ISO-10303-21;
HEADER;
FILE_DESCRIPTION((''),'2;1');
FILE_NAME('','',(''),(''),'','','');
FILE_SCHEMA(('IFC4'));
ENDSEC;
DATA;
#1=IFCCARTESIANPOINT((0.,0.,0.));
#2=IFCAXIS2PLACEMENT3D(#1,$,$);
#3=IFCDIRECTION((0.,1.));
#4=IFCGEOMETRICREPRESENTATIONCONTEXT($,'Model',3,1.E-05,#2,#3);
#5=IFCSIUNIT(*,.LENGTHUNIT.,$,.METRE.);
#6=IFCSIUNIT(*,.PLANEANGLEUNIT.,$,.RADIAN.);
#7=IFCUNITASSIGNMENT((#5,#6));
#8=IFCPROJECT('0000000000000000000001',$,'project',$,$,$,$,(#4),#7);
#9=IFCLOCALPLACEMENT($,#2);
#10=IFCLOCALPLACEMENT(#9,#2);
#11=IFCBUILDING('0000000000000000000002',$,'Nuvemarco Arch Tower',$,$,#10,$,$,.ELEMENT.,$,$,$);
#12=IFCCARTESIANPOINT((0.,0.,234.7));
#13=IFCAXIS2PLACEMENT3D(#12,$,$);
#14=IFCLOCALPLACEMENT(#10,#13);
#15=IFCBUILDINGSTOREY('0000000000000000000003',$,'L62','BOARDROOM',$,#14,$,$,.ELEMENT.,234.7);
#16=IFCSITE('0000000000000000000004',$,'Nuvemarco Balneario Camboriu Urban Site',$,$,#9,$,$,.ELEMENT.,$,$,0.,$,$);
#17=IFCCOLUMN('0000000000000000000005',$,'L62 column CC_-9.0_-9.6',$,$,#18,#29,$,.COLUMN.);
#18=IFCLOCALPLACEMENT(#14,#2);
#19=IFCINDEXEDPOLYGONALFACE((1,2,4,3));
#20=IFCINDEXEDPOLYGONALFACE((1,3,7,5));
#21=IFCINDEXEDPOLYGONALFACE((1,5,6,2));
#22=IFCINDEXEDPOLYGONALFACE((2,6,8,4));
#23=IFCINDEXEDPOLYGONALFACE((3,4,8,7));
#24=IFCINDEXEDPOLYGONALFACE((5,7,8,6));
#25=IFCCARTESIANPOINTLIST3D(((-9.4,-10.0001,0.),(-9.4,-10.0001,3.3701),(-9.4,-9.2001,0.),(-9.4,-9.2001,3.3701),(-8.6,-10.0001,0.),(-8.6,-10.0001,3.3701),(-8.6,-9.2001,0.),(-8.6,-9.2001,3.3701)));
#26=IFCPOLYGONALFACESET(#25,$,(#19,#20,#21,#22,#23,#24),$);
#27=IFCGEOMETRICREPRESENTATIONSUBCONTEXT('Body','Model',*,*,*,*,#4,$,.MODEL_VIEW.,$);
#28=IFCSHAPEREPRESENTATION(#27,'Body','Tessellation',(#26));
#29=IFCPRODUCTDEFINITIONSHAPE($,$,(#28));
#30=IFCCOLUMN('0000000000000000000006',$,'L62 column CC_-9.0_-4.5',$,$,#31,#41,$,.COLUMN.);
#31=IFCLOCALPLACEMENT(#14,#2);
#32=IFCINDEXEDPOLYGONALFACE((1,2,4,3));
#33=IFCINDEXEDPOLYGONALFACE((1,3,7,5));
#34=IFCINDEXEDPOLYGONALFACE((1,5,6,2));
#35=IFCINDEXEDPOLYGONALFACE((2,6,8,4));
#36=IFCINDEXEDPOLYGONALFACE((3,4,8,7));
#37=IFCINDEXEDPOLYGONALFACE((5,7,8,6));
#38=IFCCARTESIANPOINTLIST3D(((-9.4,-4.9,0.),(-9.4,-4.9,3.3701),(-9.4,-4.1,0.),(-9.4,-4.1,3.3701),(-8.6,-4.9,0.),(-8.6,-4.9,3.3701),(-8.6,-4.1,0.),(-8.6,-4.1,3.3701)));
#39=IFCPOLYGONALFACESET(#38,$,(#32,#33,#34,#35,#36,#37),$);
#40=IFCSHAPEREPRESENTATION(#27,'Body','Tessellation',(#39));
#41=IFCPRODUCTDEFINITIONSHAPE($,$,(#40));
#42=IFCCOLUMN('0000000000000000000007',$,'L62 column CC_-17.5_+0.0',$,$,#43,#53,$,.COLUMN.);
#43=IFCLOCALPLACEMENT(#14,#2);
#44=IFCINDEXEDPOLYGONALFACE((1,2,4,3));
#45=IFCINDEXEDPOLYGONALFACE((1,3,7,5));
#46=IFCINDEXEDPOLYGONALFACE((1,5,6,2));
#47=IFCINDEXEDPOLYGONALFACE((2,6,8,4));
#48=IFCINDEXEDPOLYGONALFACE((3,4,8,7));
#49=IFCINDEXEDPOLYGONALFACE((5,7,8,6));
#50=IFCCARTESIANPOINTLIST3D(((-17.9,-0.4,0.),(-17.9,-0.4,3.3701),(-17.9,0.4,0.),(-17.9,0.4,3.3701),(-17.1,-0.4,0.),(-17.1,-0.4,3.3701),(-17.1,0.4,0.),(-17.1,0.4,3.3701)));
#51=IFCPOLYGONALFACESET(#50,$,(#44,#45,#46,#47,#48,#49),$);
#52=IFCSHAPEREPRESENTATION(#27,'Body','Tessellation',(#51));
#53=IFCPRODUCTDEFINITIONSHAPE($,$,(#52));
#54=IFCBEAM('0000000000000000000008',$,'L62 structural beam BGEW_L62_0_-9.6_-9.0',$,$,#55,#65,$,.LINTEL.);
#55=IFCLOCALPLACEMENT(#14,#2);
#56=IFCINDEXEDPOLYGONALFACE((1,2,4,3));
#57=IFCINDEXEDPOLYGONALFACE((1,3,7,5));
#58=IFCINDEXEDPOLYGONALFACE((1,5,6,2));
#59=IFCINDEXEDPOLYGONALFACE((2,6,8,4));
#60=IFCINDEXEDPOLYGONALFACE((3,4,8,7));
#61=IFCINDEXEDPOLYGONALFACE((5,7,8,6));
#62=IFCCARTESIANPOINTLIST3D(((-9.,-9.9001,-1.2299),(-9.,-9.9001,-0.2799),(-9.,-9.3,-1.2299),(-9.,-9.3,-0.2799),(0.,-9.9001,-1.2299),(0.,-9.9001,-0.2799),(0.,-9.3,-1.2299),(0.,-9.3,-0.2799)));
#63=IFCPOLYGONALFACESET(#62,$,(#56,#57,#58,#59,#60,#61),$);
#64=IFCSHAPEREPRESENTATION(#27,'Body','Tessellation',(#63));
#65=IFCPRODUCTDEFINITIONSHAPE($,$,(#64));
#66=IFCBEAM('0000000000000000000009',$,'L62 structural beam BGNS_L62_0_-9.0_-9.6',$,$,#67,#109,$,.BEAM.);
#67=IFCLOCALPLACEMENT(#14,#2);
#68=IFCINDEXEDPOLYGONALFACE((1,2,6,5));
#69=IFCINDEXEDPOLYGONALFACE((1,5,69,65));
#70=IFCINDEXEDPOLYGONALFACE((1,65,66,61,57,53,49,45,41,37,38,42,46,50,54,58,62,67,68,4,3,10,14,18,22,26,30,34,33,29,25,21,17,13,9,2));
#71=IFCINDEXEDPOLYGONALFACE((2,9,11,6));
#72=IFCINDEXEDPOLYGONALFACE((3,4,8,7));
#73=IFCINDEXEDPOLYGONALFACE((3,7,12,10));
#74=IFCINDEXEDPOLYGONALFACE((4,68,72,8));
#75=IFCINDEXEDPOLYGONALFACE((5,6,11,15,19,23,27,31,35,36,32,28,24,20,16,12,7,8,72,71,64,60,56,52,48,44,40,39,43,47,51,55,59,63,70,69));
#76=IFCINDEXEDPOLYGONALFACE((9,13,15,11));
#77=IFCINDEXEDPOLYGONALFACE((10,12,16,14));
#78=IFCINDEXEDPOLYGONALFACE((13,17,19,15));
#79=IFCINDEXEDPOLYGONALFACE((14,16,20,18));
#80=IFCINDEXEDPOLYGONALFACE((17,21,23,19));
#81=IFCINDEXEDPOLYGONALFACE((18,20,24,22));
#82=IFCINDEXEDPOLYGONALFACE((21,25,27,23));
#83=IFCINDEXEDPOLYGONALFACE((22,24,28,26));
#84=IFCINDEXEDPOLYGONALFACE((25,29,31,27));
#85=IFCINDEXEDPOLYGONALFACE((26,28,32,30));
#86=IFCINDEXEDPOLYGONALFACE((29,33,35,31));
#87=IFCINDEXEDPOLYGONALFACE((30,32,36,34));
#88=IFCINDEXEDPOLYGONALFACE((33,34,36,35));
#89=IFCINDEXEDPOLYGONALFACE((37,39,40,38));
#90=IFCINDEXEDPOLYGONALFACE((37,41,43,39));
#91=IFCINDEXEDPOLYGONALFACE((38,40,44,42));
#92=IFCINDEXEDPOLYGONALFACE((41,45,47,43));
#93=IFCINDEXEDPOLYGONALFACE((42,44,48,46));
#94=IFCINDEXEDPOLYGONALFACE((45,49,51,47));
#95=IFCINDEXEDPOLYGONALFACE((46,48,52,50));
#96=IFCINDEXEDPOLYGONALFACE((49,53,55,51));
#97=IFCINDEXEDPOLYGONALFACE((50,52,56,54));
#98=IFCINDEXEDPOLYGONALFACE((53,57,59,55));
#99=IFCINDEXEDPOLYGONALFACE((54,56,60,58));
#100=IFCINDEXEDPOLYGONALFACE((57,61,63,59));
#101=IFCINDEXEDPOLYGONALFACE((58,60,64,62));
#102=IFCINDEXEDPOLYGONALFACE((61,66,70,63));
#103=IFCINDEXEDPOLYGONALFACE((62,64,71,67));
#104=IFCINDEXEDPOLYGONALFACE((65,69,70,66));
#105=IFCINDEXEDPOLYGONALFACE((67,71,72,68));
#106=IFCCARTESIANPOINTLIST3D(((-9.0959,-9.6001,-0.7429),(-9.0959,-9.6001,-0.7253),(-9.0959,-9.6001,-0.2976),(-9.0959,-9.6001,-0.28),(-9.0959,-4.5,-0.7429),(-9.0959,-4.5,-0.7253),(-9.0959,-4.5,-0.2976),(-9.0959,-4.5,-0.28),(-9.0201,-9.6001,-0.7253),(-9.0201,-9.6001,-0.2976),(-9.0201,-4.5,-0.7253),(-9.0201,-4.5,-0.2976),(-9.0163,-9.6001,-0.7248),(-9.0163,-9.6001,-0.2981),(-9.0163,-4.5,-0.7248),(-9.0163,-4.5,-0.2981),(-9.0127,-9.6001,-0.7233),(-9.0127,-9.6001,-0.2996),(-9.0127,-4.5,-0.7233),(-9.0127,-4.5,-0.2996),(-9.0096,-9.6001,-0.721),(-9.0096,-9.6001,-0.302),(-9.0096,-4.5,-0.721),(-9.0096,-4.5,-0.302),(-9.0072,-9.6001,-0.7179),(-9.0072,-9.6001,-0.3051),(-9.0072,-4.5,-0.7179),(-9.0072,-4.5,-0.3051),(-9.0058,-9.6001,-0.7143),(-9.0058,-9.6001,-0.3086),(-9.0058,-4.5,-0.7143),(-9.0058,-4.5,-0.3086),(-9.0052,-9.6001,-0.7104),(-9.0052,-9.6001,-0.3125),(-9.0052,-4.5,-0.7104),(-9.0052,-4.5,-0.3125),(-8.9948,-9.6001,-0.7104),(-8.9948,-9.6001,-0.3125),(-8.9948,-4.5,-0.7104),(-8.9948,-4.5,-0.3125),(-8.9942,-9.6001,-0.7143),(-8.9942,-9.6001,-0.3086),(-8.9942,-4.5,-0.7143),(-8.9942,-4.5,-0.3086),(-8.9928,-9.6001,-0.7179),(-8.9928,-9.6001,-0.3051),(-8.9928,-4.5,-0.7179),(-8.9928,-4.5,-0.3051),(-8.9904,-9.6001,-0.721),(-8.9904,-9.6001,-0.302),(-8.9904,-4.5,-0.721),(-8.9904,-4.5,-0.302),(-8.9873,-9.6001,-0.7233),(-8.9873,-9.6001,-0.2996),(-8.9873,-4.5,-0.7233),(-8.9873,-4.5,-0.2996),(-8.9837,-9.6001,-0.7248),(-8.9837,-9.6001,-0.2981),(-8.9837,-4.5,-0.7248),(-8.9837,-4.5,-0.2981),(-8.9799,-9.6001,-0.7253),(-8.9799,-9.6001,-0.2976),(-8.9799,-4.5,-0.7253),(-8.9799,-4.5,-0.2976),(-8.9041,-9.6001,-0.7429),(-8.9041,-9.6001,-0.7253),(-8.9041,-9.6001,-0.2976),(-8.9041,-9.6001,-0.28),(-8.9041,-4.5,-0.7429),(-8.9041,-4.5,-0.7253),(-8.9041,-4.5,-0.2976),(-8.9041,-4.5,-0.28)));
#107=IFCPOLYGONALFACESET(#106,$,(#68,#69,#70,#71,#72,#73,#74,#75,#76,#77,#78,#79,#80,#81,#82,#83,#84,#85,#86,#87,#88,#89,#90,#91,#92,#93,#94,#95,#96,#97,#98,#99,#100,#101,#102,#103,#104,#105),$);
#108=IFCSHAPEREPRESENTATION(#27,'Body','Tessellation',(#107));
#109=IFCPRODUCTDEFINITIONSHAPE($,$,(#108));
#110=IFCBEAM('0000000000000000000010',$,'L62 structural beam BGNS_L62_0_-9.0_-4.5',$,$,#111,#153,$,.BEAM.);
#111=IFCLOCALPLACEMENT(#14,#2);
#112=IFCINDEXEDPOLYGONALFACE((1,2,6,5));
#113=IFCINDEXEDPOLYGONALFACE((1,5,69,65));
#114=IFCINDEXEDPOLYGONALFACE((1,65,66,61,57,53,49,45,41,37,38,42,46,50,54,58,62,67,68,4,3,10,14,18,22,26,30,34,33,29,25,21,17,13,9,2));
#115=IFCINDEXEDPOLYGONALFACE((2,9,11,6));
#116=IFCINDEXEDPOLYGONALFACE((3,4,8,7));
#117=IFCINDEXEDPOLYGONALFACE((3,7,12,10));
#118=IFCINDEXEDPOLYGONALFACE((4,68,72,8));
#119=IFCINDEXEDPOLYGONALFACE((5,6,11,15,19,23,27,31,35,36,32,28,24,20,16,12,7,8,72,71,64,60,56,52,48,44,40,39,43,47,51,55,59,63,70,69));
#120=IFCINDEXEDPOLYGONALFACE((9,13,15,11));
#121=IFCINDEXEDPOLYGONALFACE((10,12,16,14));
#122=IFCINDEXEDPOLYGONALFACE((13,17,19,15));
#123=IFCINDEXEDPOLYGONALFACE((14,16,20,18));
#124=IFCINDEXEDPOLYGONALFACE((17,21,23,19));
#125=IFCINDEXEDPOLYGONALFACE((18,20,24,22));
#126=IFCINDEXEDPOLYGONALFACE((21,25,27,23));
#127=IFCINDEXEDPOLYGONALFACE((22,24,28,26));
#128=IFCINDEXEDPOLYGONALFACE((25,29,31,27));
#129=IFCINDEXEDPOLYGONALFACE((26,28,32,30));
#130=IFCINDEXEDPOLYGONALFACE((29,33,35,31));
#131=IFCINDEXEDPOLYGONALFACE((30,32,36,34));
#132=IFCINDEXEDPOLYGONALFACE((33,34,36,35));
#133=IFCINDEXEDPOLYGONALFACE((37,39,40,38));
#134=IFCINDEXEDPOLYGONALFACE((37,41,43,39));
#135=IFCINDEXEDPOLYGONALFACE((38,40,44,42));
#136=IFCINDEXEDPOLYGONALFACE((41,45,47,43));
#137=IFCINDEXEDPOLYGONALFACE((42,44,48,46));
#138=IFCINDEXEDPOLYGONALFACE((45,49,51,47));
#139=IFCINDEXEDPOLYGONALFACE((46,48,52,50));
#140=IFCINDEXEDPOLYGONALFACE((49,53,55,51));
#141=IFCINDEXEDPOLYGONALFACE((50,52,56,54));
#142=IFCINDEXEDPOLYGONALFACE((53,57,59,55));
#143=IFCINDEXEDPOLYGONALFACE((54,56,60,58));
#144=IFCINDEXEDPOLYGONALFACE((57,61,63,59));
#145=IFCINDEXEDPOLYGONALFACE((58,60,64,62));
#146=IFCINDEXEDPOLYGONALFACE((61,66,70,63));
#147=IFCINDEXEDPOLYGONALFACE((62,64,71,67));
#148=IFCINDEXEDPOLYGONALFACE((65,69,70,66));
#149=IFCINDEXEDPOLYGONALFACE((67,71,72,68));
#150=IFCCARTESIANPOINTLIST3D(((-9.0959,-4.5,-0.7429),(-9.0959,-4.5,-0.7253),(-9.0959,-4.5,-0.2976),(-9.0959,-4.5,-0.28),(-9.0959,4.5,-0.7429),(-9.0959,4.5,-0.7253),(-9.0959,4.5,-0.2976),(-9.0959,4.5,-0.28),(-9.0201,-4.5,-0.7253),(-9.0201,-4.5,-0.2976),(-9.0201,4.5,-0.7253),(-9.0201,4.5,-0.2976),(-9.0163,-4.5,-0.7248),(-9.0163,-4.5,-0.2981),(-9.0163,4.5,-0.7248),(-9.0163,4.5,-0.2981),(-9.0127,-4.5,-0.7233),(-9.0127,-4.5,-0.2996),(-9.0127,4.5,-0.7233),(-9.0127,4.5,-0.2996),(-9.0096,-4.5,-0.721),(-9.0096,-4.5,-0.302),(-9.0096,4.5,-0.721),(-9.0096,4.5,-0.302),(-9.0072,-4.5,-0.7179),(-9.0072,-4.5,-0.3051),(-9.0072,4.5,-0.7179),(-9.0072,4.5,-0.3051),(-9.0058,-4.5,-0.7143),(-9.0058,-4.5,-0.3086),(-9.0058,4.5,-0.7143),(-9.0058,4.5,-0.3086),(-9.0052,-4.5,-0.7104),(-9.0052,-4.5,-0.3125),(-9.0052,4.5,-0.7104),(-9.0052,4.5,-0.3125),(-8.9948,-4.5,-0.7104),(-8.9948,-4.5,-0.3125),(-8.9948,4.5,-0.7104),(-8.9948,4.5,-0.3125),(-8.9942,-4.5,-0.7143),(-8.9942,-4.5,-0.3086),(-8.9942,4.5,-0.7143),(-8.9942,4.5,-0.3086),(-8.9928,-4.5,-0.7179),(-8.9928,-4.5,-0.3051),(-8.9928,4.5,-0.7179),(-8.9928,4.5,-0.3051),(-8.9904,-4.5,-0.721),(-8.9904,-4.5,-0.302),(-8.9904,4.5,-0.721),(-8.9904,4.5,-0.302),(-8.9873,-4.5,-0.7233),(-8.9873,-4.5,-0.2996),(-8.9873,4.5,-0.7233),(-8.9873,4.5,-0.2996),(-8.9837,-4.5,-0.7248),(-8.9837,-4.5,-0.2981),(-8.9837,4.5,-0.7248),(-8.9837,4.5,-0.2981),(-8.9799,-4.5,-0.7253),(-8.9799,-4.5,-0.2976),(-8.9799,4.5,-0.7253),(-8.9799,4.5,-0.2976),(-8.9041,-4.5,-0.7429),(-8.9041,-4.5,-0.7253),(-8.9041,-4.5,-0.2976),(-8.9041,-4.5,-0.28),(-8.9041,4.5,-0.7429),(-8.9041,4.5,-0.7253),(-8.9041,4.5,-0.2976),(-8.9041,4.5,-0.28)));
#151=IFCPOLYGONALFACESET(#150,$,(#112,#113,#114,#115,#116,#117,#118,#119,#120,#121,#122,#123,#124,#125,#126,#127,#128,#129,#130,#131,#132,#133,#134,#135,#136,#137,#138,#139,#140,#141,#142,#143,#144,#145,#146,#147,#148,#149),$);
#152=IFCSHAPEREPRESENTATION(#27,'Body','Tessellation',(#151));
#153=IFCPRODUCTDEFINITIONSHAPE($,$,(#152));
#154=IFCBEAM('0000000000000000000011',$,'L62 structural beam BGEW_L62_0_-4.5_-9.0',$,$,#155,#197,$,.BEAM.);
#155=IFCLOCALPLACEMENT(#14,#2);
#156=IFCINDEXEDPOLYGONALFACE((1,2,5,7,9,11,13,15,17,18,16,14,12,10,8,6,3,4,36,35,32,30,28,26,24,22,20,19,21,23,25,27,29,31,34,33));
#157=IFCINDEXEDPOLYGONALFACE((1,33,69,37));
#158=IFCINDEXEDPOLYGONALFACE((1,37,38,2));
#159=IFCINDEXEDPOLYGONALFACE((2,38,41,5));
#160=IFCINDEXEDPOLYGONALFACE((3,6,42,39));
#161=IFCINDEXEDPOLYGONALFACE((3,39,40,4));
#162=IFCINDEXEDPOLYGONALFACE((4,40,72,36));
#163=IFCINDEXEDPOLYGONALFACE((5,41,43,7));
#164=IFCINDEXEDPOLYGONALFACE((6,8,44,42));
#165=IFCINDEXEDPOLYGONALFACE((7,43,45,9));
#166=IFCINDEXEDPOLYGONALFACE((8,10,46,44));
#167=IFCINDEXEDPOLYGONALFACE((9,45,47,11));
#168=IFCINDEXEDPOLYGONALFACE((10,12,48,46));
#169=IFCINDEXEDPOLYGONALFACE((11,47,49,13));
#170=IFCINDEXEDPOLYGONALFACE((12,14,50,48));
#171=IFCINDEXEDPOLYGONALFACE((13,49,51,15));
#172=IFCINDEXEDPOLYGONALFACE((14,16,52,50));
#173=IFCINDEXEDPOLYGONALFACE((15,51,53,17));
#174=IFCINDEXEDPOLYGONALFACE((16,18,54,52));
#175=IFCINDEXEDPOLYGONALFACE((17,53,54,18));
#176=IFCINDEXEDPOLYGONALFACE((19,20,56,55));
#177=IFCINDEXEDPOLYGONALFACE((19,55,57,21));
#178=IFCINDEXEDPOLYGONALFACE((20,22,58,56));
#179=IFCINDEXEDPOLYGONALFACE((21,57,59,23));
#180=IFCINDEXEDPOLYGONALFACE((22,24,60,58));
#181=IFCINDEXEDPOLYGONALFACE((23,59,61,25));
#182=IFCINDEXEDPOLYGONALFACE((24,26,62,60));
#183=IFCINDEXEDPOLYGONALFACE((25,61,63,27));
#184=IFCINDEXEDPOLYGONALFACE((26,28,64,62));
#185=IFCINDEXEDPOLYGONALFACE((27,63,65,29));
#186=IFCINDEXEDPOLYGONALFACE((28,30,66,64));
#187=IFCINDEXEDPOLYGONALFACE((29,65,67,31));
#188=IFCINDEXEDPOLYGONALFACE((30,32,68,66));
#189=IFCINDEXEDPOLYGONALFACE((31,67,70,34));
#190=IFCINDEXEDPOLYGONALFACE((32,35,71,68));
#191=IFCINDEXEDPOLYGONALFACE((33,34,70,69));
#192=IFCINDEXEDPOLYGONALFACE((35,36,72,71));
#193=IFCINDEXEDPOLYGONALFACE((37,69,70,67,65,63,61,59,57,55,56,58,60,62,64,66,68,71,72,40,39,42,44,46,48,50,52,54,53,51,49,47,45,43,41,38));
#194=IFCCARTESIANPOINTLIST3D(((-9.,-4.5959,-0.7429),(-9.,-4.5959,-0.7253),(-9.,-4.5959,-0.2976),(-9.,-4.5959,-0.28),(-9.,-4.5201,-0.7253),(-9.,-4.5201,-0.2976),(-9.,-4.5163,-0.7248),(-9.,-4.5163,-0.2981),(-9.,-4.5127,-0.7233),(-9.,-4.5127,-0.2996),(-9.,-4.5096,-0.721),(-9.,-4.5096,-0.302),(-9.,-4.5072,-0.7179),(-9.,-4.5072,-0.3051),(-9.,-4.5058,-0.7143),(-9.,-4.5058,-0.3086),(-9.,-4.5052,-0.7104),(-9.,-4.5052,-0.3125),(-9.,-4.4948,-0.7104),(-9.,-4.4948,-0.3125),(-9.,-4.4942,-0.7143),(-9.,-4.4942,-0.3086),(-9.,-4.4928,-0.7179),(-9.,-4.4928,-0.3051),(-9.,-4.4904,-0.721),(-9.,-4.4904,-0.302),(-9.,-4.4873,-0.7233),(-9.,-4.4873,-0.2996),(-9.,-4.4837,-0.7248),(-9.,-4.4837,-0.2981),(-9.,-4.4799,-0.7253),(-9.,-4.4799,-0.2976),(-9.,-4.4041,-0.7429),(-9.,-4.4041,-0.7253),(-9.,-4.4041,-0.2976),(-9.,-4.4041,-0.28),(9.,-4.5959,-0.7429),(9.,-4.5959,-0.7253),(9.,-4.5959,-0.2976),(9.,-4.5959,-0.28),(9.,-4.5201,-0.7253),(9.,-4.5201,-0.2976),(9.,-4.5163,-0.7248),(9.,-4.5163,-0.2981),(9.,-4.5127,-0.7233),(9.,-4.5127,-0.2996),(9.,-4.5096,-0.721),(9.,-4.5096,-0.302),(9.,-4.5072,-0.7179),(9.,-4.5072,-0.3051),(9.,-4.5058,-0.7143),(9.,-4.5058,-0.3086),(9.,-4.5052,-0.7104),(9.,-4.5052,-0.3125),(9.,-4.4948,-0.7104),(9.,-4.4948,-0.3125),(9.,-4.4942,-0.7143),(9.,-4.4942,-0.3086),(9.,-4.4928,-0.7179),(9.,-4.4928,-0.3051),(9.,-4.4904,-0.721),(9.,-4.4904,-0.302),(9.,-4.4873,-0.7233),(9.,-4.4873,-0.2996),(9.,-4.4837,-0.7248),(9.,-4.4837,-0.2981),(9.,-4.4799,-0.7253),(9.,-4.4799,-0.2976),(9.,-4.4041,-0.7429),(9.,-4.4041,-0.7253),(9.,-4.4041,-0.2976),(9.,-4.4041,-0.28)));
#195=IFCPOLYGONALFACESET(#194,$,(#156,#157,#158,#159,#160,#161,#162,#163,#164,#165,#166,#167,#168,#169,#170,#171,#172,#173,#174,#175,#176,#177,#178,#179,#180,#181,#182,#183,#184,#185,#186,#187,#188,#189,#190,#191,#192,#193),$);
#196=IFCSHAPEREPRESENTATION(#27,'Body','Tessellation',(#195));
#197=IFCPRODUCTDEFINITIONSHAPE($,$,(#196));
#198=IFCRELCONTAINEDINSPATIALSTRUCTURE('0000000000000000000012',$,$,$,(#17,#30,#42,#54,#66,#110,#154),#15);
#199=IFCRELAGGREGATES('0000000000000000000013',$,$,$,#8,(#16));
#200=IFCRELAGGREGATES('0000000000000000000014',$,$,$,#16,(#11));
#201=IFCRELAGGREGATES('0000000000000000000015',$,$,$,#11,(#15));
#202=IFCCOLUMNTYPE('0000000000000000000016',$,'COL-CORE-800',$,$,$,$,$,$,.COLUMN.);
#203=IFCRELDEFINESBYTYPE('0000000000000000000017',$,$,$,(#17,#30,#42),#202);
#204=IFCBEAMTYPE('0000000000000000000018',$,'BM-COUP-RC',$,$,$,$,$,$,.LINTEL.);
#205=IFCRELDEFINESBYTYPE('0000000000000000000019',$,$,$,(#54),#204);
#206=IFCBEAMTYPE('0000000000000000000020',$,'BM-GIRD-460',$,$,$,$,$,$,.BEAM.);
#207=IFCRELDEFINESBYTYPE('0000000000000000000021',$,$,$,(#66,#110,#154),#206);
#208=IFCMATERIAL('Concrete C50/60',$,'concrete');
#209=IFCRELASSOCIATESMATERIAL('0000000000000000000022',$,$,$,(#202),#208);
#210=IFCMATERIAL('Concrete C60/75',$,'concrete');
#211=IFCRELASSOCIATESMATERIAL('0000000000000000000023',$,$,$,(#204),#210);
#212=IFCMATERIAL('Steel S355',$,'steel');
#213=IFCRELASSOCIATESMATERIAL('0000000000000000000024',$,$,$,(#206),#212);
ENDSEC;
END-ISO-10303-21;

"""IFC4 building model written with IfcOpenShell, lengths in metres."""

from ifc_helpers import new_model, si_unit, direction, frame, origin, origin_2d, place, context, subcontext, project, spatial, rectangle, i_section, extrude, material, material_profile, profile_set, type_object, element, save


model = new_model("IFC4")

# Units and contexts
model_context = context("Model", 3, precision=1e-05, world=origin(), true_north=direction((0.0, 1.0)))
body_context = subcontext(model_context, "Body", "Model", "MODEL_VIEW")
ifc_project = project(units=[si_unit("LENGTHUNIT", "METRE"), si_unit("PLANEANGLEUNIT", "RADIAN")], contexts=[model_context])

# Site, building, storey
site_placement = place(None, origin())
site = spatial("IfcSite", under=ifc_project, at=site_placement, Name="Nuvemarco Balneario Camboriu Urban Site", CompositionType="ELEMENT", RefElevation=0.0)
building_placement = place(site_placement, origin())
building = spatial("IfcBuilding", under=site, at=building_placement, Name="Nuvemarco Arch Tower", CompositionType="ELEMENT")
storey_placement = place(building_placement, frame((0.0, 0.0, 234.7)))
storey = spatial("IfcBuildingStorey", under=building, at=storey_placement, Name="L62", Description="BOARDROOM", CompositionType="ELEMENT", Elevation=234.7)

# Columns
ifc_material_1 = material(Name="Concrete C50/60", Category="concrete")
ifc_material_profile_1 = material_profile(ifc_material_1, rectangle(XDim=0.8, YDim=0.8, at=origin_2d()), Name="RC-COL-800x800")
ifc_profile_set_1 = profile_set([ifc_material_profile_1], Name="Concrete C50/60")
column_type = type_object("IfcColumnType", Name="COL-CORE-800", PredefinedType="COLUMN", material=ifc_profile_set_1)
for number, where, z_axis, x_axis, name in (
    (1, (-9.0, -9.6001, 0.0), (0.0, 0.0, 1.0), (1.0, 0.0, 0.0), "L62 column CC_-9.0_-9.6"),
    (2, (-9.0, -4.5, 0.0), (0.0, 0.0, 1.0), (1.0, 0.0, 0.0), "L62 column CC_-9.0_-4.5"),
    (3, (-17.5, 0.0, 0.0), (0.0, 0.0, 1.0), (1.0, 0.0, 0.0), "L62 column CC_-17.5_+0.0"),
):
    element("IfcColumn", number, at=place(storey_placement, frame(where, z_axis=z_axis, x_axis=x_axis)), inside=storey, type_object=column_type, Name=name, PredefinedType="COLUMN", context=body_context, shape_type="SweptSolid", body=[
        extrude(rectangle(XDim=0.8, YDim=0.8, at=origin_2d()), origin(), (0.0, 0.0, 1.0), 3.3701),
    ])

# Beams
ifc_material_2 = material(Name="Concrete C60/75", Category="concrete")
ifc_material_profile_2 = material_profile(ifc_material_2, rectangle(XDim=0.6001, YDim=0.95, at=origin_2d()), Name="RC-BM-600x950")
ifc_profile_set_2 = profile_set([ifc_material_profile_2], Name="Concrete C60/75")
beam_type_1 = type_object("IfcBeamType", Name="BM-COUP-RC", PredefinedType="LINTEL", material=ifc_profile_set_2)
beam_1_placement = place(storey_placement, frame((-9.0, -9.6001, -0.7549), z_axis=(1.0, 0.0, 0.0), x_axis=(0.0, 1.0, 0.0)))
element("IfcBeam", 4, at=beam_1_placement, inside=storey, type_object=beam_type_1, Name="L62 structural beam BGEW_L62_0_-9.6_-9.0", PredefinedType="LINTEL", context=body_context, shape_type="SweptSolid", body=[
    extrude(rectangle(XDim=0.6001, YDim=0.95, at=origin_2d()), origin(), (0.0, 0.0, 1.0), 9.0),
])
ifc_material_3 = material(Name="Steel S355", Category="steel")
ifc_material_profile_3 = material_profile(ifc_material_3, i_section(OverallWidth=0.1919, OverallDepth=0.4629, WebThickness=0.0105, FlangeThickness=0.0176, FilletRadius=0.0149, at=origin_2d()), Name="W460x89")
ifc_profile_set_3 = profile_set([ifc_material_profile_3], Name="Steel S355")
beam_type_2 = type_object("IfcBeamType", Name="BM-GIRD-460", PredefinedType="BEAM", material=ifc_profile_set_3)
beam_2_placement = place(storey_placement, frame((-9.0, -9.6001, -0.5115), z_axis=(0.0, 1.0, 0.0), x_axis=(-1.0, 0.0, 0.0)))
element("IfcBeam", 5, at=beam_2_placement, inside=storey, type_object=beam_type_2, Name="L62 structural beam BGNS_L62_0_-9.0_-9.6", PredefinedType="BEAM", context=body_context, shape_type="SweptSolid", body=[
    extrude(i_section(OverallWidth=0.1919, OverallDepth=0.4629, WebThickness=0.0105, FlangeThickness=0.0176, FilletRadius=0.0149, at=origin_2d()), origin(), (0.0, 0.0, 1.0), 5.1001),
])
beam_3_placement = place(storey_placement, frame((-9.0, -4.5, -0.5115), z_axis=(0.0, 1.0, 0.0), x_axis=(-1.0, 0.0, 0.0)))
element("IfcBeam", 6, at=beam_3_placement, inside=storey, type_object=beam_type_2, Name="L62 structural beam BGNS_L62_0_-9.0_-4.5", PredefinedType="BEAM", context=body_context, shape_type="SweptSolid", body=[
    extrude(i_section(OverallWidth=0.1919, OverallDepth=0.4629, WebThickness=0.0105, FlangeThickness=0.0176, FilletRadius=0.0149, at=origin_2d()), origin(), (0.0, 0.0, 1.0), 9.0),
])
beam_4_placement = place(storey_placement, frame((-9.0, -4.5, -0.5115), z_axis=(1.0, 0.0, 0.0), x_axis=(0.0, 1.0, 0.0)))
element("IfcBeam", 7, at=beam_4_placement, inside=storey, type_object=beam_type_2, Name="L62 structural beam BGEW_L62_0_-4.5_-9.0", PredefinedType="BEAM", context=body_context, shape_type="SweptSolid", body=[
    extrude(i_section(OverallWidth=0.1919, OverallDepth=0.4629, WebThickness=0.0105, FlangeThickness=0.0176, FilletRadius=0.0149, at=origin_2d()), origin(), (0.0, 0.0, 1.0), 18.0),
])

save(model, "model.ifc")
